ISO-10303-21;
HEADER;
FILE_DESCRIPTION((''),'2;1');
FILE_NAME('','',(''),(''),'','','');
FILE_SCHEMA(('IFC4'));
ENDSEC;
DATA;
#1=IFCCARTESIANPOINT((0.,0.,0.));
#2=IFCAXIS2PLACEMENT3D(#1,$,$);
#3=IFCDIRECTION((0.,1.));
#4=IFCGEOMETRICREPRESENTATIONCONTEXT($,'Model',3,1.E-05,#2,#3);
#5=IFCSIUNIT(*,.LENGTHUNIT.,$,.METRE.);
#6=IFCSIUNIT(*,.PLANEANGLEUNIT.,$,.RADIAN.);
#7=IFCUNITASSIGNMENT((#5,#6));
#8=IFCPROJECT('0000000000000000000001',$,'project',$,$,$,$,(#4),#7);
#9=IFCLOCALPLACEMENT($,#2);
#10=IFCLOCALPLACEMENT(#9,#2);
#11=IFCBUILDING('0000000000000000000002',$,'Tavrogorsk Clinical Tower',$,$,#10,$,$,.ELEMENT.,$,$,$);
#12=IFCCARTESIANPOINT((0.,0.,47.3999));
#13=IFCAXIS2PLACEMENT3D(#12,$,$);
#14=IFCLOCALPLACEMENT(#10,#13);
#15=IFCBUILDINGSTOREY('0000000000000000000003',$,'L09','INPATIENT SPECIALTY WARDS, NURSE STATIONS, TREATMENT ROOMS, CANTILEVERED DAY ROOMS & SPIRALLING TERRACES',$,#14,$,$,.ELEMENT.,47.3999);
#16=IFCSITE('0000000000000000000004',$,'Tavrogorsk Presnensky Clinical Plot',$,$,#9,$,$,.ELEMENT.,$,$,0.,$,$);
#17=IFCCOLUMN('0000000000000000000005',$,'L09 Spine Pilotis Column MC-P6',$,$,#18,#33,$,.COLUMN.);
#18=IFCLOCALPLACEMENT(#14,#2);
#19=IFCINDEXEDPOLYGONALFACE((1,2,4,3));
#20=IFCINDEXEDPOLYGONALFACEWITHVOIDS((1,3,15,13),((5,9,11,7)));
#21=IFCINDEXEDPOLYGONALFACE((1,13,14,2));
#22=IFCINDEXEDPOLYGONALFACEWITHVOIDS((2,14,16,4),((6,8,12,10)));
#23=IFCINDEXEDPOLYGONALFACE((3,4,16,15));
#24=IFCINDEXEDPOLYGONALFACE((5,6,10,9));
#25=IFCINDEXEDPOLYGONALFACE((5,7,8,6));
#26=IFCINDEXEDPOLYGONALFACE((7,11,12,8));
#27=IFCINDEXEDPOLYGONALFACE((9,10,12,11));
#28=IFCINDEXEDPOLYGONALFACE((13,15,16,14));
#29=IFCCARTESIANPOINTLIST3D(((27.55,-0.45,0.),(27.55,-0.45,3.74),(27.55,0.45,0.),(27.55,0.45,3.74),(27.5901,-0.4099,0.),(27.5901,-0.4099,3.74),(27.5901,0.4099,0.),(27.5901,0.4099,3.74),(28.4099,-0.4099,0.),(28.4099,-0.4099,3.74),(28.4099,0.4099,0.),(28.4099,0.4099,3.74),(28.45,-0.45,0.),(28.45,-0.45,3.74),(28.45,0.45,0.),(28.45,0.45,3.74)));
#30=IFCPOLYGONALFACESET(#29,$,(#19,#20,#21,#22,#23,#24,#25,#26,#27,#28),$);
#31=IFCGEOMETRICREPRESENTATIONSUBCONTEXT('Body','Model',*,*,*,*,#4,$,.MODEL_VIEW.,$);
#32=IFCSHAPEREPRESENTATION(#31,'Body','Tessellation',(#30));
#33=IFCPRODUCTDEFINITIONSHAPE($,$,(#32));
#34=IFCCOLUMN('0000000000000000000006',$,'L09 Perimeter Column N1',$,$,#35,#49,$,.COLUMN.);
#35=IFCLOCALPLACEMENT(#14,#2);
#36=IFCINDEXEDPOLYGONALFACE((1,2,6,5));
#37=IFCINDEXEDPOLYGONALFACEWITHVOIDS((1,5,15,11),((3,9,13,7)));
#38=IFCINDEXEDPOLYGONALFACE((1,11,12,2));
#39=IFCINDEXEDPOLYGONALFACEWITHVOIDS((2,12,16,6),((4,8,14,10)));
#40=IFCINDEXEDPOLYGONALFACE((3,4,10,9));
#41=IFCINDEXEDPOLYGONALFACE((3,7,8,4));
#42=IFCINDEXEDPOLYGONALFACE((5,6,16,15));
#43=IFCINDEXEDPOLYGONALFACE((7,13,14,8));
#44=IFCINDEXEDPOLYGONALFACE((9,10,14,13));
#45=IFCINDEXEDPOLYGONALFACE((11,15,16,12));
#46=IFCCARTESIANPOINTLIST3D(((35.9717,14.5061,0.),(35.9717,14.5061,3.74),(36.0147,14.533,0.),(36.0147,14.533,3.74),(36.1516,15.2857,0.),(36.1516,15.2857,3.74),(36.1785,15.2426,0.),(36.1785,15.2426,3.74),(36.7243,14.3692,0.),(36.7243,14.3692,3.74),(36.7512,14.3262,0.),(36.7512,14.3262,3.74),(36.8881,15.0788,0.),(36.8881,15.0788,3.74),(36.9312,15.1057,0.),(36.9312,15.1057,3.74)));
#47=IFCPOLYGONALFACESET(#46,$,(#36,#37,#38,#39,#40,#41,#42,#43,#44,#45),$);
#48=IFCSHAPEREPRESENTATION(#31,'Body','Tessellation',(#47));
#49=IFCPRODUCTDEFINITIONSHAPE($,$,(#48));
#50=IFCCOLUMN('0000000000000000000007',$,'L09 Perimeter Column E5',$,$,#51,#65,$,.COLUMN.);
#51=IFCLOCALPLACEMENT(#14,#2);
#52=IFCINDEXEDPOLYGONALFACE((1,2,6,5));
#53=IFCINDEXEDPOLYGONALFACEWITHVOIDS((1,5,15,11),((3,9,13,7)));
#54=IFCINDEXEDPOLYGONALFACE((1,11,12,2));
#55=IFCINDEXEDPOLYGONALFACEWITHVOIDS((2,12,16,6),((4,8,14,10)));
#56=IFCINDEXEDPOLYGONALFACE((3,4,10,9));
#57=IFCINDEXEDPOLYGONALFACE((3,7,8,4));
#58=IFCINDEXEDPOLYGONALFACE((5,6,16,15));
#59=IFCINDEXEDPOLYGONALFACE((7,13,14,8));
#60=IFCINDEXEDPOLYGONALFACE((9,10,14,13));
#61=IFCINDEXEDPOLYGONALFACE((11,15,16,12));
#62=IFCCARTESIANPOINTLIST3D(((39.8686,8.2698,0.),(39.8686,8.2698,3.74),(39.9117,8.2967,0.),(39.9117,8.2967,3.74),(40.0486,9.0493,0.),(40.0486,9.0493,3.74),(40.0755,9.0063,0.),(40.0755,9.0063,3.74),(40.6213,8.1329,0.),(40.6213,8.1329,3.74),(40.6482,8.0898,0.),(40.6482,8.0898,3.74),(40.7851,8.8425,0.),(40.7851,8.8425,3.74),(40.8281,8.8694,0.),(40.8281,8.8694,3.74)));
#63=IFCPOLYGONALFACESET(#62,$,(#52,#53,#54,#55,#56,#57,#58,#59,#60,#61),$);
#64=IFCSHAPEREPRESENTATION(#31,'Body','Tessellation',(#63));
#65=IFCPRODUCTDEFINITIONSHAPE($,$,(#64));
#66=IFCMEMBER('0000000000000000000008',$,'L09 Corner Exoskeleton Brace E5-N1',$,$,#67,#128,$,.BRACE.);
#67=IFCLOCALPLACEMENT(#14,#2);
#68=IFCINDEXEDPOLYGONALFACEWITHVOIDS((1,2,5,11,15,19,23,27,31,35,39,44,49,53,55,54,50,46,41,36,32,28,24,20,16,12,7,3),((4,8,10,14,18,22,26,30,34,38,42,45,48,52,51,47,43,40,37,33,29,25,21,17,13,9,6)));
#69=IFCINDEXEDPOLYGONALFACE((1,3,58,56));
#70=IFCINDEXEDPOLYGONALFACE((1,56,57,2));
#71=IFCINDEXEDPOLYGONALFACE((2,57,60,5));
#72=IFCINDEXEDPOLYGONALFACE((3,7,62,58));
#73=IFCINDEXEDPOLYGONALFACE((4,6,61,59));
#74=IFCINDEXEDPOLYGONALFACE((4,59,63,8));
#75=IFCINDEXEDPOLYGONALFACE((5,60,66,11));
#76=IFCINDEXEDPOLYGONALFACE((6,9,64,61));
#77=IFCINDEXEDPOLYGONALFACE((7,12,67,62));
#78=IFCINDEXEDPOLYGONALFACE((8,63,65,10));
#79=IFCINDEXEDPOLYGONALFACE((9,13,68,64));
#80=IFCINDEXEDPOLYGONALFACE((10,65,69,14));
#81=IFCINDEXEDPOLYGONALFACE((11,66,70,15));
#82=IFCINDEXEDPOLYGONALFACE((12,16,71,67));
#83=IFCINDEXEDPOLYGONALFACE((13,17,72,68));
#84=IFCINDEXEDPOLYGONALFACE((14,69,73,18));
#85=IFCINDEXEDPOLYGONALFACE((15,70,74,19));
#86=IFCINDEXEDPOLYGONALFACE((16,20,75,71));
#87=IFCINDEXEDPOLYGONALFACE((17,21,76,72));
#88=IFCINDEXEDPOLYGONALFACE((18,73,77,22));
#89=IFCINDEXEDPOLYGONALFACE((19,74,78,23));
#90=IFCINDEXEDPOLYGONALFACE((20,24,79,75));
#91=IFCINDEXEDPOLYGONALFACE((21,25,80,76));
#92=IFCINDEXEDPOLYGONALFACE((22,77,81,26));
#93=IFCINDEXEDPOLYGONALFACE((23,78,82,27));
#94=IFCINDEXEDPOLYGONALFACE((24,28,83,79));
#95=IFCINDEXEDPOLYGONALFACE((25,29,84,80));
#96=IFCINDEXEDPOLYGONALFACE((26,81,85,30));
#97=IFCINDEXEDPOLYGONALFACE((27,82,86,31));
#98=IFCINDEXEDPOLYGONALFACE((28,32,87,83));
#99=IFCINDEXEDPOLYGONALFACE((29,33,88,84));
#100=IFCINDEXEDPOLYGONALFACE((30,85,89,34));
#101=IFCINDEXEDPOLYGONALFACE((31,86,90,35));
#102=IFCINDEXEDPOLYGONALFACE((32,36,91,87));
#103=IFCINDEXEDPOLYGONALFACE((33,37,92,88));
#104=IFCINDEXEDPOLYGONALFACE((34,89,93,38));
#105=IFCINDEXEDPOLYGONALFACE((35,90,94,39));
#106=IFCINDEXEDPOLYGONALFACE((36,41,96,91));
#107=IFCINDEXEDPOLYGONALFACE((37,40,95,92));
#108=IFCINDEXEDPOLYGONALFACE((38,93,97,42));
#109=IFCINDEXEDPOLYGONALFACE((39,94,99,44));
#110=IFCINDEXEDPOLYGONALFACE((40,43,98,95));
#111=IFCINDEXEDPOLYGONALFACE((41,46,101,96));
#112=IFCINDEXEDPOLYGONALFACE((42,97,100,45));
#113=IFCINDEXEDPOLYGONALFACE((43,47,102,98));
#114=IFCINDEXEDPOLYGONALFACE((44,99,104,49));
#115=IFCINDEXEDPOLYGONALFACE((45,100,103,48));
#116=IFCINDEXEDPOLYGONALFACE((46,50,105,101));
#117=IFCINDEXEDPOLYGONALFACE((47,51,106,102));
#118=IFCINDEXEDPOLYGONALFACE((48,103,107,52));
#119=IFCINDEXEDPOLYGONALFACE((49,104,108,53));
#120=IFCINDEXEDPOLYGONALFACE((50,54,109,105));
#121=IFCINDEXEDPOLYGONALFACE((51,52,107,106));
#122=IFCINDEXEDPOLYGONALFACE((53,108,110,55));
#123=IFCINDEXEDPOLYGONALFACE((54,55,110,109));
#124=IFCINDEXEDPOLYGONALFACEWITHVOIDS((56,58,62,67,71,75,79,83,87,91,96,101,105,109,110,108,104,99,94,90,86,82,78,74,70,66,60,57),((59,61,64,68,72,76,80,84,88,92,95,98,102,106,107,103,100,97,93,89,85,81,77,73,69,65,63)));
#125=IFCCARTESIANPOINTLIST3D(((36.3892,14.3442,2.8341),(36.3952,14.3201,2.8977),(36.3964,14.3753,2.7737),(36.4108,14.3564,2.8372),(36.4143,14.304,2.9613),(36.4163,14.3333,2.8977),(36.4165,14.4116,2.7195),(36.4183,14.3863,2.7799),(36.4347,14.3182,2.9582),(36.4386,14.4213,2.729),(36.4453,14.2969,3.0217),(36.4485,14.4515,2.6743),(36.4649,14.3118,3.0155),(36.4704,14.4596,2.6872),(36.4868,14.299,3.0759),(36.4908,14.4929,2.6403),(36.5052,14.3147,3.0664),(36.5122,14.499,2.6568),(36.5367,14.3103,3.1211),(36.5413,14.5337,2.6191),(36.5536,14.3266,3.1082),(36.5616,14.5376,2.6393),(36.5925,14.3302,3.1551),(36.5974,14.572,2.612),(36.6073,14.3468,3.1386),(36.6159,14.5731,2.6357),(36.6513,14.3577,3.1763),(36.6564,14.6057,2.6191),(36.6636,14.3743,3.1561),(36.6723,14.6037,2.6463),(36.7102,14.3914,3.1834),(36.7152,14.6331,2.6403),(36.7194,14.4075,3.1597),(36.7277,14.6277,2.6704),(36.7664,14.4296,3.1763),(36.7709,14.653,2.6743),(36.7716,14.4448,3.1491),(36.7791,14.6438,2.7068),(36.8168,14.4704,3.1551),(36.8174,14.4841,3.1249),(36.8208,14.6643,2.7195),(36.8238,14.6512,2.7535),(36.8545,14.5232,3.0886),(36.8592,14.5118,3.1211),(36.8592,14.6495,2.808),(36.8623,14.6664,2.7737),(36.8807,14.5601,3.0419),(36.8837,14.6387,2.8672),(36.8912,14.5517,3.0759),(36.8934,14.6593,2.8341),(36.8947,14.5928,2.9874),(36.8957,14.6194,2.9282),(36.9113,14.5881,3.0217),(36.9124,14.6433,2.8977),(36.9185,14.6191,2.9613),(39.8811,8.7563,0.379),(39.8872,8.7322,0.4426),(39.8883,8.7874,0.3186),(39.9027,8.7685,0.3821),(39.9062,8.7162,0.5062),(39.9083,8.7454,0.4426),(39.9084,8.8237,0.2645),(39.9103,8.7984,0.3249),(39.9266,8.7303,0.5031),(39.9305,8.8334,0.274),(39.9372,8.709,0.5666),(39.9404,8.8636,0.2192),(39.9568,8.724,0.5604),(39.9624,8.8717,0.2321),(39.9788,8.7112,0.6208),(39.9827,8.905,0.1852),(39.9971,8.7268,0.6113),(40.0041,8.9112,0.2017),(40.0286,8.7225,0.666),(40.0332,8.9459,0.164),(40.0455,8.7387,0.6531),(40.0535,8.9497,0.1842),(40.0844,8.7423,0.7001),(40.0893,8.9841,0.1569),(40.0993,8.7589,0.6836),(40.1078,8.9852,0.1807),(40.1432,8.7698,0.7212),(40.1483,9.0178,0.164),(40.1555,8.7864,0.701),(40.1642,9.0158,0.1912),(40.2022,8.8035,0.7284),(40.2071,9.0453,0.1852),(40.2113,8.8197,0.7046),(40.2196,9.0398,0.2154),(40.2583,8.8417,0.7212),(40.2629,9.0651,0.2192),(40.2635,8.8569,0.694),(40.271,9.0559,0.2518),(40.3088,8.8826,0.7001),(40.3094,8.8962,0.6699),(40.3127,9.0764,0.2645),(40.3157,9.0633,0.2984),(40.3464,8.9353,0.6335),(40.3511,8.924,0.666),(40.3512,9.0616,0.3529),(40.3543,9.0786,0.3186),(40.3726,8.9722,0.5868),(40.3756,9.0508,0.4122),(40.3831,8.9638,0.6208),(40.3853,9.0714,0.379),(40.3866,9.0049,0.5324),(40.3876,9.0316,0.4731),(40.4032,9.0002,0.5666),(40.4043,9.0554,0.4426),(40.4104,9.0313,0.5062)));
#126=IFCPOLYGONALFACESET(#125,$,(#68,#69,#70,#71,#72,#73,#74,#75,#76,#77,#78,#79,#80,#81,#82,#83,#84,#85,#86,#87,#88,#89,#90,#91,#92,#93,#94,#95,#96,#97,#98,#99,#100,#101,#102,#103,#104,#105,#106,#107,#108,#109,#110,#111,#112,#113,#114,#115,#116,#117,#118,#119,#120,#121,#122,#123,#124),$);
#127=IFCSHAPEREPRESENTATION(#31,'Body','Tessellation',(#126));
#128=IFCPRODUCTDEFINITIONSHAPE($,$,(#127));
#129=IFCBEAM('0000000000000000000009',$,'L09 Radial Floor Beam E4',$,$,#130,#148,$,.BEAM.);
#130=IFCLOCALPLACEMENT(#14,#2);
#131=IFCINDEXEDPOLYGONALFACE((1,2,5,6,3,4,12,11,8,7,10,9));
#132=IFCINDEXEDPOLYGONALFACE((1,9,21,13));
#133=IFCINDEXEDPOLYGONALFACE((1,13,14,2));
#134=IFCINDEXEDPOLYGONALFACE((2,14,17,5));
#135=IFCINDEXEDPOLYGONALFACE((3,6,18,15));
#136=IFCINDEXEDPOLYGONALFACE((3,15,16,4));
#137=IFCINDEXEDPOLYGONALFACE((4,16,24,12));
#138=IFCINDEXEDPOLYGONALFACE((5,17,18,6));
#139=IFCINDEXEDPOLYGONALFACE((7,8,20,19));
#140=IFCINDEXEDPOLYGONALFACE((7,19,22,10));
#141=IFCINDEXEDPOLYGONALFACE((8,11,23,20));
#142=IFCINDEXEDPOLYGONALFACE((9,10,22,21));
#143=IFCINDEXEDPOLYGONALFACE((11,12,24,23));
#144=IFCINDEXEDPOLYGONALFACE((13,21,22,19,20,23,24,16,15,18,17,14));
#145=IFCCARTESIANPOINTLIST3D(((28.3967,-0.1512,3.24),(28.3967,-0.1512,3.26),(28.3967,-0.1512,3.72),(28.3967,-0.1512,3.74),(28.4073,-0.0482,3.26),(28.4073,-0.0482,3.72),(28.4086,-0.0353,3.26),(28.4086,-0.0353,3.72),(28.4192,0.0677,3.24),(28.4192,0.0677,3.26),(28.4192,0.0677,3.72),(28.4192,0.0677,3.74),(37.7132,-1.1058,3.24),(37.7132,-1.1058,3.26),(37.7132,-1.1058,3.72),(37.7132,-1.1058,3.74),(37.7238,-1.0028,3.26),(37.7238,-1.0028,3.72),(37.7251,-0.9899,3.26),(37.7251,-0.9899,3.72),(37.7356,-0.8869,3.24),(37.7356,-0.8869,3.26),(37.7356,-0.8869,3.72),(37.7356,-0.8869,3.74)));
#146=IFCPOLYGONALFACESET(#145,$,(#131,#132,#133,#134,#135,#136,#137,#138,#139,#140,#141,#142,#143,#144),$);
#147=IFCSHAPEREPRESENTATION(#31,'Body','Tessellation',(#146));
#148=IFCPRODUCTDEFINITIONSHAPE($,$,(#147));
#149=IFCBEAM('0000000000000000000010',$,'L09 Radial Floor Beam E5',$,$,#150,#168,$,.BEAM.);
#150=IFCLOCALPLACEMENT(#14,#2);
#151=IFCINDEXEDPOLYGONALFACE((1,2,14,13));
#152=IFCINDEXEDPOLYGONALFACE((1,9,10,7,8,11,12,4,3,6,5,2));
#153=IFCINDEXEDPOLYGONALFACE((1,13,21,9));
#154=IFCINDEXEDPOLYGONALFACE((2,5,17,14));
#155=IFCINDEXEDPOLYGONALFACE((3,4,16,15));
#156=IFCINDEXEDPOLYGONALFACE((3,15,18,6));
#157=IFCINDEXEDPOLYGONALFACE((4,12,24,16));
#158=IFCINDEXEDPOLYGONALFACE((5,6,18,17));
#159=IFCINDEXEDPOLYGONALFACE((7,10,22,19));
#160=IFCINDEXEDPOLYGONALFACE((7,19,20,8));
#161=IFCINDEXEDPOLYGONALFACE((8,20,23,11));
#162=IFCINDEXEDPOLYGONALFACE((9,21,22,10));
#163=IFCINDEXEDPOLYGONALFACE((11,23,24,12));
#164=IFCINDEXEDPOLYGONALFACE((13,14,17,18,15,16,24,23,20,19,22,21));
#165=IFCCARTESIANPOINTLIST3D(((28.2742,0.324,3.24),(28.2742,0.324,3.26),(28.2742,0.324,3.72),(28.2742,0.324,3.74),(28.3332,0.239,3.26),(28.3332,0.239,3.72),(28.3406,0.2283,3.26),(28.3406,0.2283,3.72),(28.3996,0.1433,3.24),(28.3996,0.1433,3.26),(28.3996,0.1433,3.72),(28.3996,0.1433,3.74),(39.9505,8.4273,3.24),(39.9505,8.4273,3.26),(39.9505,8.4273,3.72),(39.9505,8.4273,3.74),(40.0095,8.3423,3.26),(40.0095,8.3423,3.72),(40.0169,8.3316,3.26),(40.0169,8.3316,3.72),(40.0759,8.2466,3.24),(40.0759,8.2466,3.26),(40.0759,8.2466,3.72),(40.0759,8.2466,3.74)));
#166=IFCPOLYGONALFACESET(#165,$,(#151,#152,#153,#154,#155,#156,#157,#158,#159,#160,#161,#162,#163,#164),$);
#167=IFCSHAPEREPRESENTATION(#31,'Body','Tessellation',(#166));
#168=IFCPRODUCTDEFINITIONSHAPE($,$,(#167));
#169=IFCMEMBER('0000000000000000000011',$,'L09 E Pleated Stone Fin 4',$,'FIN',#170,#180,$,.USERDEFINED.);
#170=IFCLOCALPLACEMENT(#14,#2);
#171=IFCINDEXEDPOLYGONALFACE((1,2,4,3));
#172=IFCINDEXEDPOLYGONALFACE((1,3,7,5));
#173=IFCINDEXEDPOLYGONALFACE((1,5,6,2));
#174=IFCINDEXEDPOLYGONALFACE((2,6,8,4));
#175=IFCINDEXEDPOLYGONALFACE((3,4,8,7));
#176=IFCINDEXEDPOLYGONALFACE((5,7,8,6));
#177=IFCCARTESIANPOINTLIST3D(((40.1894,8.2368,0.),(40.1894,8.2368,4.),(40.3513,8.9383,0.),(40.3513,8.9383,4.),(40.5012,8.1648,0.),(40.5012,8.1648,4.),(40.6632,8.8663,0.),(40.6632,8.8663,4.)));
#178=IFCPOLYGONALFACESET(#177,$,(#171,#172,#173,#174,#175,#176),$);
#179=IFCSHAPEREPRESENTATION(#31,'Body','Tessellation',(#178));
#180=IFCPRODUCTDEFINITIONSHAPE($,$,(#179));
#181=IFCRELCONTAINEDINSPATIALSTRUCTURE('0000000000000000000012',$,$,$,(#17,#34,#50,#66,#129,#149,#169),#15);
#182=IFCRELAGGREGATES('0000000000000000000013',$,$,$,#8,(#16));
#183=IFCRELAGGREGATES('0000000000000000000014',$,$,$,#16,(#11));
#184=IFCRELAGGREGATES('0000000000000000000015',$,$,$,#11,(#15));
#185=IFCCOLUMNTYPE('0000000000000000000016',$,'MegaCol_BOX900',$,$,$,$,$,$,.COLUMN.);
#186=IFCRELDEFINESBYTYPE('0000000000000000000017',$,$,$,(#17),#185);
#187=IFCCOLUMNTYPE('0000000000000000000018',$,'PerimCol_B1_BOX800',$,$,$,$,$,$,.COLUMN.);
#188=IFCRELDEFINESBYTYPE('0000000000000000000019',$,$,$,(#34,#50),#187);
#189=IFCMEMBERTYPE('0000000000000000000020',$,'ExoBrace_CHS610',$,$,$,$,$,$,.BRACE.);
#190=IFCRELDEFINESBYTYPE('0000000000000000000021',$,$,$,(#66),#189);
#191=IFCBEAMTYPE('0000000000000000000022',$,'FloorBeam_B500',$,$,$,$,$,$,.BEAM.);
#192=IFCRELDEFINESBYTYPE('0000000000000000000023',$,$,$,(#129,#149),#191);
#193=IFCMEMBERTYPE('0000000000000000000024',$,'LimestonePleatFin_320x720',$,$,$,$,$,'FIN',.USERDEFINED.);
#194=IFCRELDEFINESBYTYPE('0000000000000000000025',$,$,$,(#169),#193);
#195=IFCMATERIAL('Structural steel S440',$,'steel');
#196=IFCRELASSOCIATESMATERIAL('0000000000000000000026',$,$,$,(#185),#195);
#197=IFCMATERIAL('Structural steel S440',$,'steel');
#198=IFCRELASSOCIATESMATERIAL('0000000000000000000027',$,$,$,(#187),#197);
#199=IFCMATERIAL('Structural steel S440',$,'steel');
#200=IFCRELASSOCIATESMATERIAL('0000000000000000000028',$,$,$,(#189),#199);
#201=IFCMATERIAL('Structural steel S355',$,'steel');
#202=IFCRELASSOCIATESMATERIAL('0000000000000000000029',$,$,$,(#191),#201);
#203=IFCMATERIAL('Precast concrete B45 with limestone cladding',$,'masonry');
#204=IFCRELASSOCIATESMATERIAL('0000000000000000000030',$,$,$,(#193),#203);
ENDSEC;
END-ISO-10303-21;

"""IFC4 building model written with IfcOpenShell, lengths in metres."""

from ifc_helpers import new_model, si_unit, direction, frame, origin, origin_2d, place, context, subcontext, project, spatial, rectangle, hollow_rectangle, hollow_circle, i_section, extrude, material, material_profile, profile_set, type_object, element, save


model = new_model("IFC4")

# Units and contexts
model_context = context("Model", 3, precision=1e-05, world=origin(), true_north=direction((0.0, 1.0)))
body_context = subcontext(model_context, "Body", "Model", "MODEL_VIEW")
ifc_project = project(units=[si_unit("LENGTHUNIT", "METRE"), si_unit("PLANEANGLEUNIT", "RADIAN")], contexts=[model_context])

# Site, building, storey
site_placement = place(None, origin())
site = spatial("IfcSite", under=ifc_project, at=site_placement, Name="Tavrogorsk Presnensky Clinical Plot", CompositionType="ELEMENT", RefElevation=0.0)
building_placement = place(site_placement, origin())
building = spatial("IfcBuilding", under=site, at=building_placement, Name="Tavrogorsk Clinical Tower", CompositionType="ELEMENT")
storey_placement = place(building_placement, frame((0.0, 0.0, 47.3999)))
storey = spatial("IfcBuildingStorey", under=building, at=storey_placement, Name="L09", Description="INPATIENT SPECIALTY WARDS, NURSE STATIONS, TREATMENT ROOMS, CANTILEVERED DAY ROOMS & SPIRALLING TERRACES", CompositionType="ELEMENT", Elevation=47.3999)

# Columns
ifc_material_1 = material(Name="Structural steel S440", Category="steel")
ifc_material_profile_1 = material_profile(ifc_material_1, hollow_rectangle(XDim=0.8999, YDim=0.8999, WallThickness=0.04, at=origin_2d()), Name="BOX-900x900x40")
ifc_profile_set_1 = profile_set([ifc_material_profile_1], Name="Structural steel S440")
column_type_1 = type_object("IfcColumnType", Name="MegaCol_BOX900", PredefinedType="COLUMN", material=ifc_profile_set_1)
column_placement = place(storey_placement, frame((28.0, 0.0, 0.0), z_axis=(0.0, 0.0, 1.0), x_axis=(1.0, 0.0, 0.0)))
element("IfcColumn", 1, at=column_placement, inside=storey, type_object=column_type_1, Name="L09 Spine Pilotis Column MC-P6", PredefinedType="COLUMN", context=body_context, shape_type="SweptSolid", body=[
    extrude(hollow_rectangle(XDim=0.8999, YDim=0.8999, WallThickness=0.04, at=origin_2d()), origin(), (0.0, 0.0, 1.0), 3.74),
])
ifc_material_2 = material(Name="Structural steel S440", Category="steel")
ifc_material_profile_2 = material_profile(ifc_material_2, hollow_rectangle(XDim=0.8, YDim=0.8, WallThickness=0.0359, at=origin_2d()), Name="BOX-800x800x36")
ifc_profile_set_2 = profile_set([ifc_material_profile_2], Name="Structural steel S440")
column_type_2 = type_object("IfcColumnType", Name="PerimCol_B1_BOX800", PredefinedType="COLUMN", material=ifc_profile_set_2)
for number, where, z_axis, x_axis, name in (
    (2, (36.4514, 14.8059, 0.0), (0.0, 0.0, 1.0), (0.97437, -0.224951, 0.0), "L09 Perimeter Column N1"),
    (3, (40.3484, 8.5696, 0.0), (0.0, 0.0, 1.0), (0.97437, -0.224951, 0.0), "L09 Perimeter Column E5"),
):
    element("IfcColumn", number, at=place(storey_placement, frame(where, z_axis=z_axis, x_axis=x_axis)), inside=storey, type_object=column_type_2, Name=name, PredefinedType="COLUMN", context=body_context, shape_type="SweptSolid", body=[
        extrude(hollow_rectangle(XDim=0.8, YDim=0.8, WallThickness=0.0359, at=origin_2d()), origin(), (0.0, 0.0, 1.0), 3.74),
    ])

# Member
ifc_material_3 = material(Name="Structural steel S440", Category="steel")
ifc_material_profile_3 = material_profile(ifc_material_3, hollow_circle(Radius=0.3049, WallThickness=0.0249, at=origin_2d()), Name="CHS-610x25")
ifc_profile_set_3 = profile_set([ifc_material_profile_3], Name="Structural steel S440")
member_type_1 = type_object("IfcMemberType", Name="ExoBrace_CHS610", PredefinedType="BRACE", material=ifc_profile_set_3)
member_1_placement = place(storey_placement, frame((40.1458, 8.8938, 0.4426), z_axis=(-0.496596, 0.794665, 0.349142), x_axis=(-0.848032, -0.529946, 0.0)))
element("IfcMember", 4, at=member_1_placement, inside=storey, type_object=member_type_1, Name="L09 Corner Exoskeleton Brace E5-N1", PredefinedType="BRACE", context=body_context, shape_type="SweptSolid", body=[
    extrude(hollow_circle(Radius=0.3049, WallThickness=0.0249, at=origin_2d()), origin(), (0.0, 0.0, 1.0), 7.0317),
])

# Beams
ifc_material_4 = material(Name="Structural steel S355", Category="steel")
ifc_material_profile_4 = material_profile(ifc_material_4, i_section(OverallWidth=0.22, OverallDepth=0.5, WebThickness=0.0129, FlangeThickness=0.02, at=origin_2d()), Name="B-500x220x13x20")
ifc_profile_set_4 = profile_set([ifc_material_profile_4], Name="Structural steel S355")
beam_type_1 = type_object("IfcBeamType", Name="FloorBeam_B500", PredefinedType="BEAM", material=ifc_profile_set_4)
beam_1_placement = place(storey_placement, frame((28.408, -0.0417, 3.49), z_axis=(0.994792, -0.10193, 0.0), x_axis=(0.10193, 0.994792, 0.0)))
element("IfcBeam", 5, at=beam_1_placement, inside=storey, type_object=beam_type_1, Name="L09 Radial Floor Beam E4", PredefinedType="BEAM", context=body_context, shape_type="SweptSolid", body=[
    extrude(i_section(OverallWidth=0.22, OverallDepth=0.5, WebThickness=0.0129, FlangeThickness=0.02, at=origin_2d()), origin(), (0.0, 0.0, 1.0), 9.3652),
])
beam_2_placement = place(storey_placement, frame((28.3369, 0.2336, 3.49), z_axis=(0.821543, 0.570147, 0.0), x_axis=(-0.570147, 0.821543, 0.0)))
element("IfcBeam", 6, at=beam_2_placement, inside=storey, type_object=beam_type_1, Name="L09 Radial Floor Beam E5", PredefinedType="BEAM", context=body_context, shape_type="SweptSolid", body=[
    extrude(i_section(OverallWidth=0.22, OverallDepth=0.5, WebThickness=0.0129, FlangeThickness=0.02, at=origin_2d()), origin(), (0.0, 0.0, 1.0), 14.2126),
])

# Member
ifc_material_5 = material(Name="Precast concrete B45 with limestone cladding", Category="masonry")
ifc_material_profile_5 = material_profile(ifc_material_5, rectangle(XDim=0.3201, YDim=0.72, at=origin_2d()), Name="LIMESTONE-FIN-320x720")
ifc_profile_set_5 = profile_set([ifc_material_profile_5], Name="Precast concrete B45 with limestone cladding")
member_type_2 = type_object("IfcMemberType", Name="LimestonePleatFin_320x720", ElementType="FIN", PredefinedType="USERDEFINED", material=ifc_profile_set_5)
member_2_placement = place(storey_placement, frame((40.4263, 8.5515, 0.0), z_axis=(0.0, 0.0, 1.0), x_axis=(0.97437, -0.224951, 0.0)))
element("IfcMember", 7, at=member_2_placement, inside=storey, type_object=member_type_2, Name="L09 E Pleated Stone Fin 4", ObjectType="FIN", PredefinedType="USERDEFINED", context=body_context, shape_type="SweptSolid", body=[
    extrude(rectangle(XDim=0.3201, YDim=0.72, at=origin_2d()), origin(), (0.0, 0.0, 1.0), 4.0),
])

save(model, "model.ifc")
